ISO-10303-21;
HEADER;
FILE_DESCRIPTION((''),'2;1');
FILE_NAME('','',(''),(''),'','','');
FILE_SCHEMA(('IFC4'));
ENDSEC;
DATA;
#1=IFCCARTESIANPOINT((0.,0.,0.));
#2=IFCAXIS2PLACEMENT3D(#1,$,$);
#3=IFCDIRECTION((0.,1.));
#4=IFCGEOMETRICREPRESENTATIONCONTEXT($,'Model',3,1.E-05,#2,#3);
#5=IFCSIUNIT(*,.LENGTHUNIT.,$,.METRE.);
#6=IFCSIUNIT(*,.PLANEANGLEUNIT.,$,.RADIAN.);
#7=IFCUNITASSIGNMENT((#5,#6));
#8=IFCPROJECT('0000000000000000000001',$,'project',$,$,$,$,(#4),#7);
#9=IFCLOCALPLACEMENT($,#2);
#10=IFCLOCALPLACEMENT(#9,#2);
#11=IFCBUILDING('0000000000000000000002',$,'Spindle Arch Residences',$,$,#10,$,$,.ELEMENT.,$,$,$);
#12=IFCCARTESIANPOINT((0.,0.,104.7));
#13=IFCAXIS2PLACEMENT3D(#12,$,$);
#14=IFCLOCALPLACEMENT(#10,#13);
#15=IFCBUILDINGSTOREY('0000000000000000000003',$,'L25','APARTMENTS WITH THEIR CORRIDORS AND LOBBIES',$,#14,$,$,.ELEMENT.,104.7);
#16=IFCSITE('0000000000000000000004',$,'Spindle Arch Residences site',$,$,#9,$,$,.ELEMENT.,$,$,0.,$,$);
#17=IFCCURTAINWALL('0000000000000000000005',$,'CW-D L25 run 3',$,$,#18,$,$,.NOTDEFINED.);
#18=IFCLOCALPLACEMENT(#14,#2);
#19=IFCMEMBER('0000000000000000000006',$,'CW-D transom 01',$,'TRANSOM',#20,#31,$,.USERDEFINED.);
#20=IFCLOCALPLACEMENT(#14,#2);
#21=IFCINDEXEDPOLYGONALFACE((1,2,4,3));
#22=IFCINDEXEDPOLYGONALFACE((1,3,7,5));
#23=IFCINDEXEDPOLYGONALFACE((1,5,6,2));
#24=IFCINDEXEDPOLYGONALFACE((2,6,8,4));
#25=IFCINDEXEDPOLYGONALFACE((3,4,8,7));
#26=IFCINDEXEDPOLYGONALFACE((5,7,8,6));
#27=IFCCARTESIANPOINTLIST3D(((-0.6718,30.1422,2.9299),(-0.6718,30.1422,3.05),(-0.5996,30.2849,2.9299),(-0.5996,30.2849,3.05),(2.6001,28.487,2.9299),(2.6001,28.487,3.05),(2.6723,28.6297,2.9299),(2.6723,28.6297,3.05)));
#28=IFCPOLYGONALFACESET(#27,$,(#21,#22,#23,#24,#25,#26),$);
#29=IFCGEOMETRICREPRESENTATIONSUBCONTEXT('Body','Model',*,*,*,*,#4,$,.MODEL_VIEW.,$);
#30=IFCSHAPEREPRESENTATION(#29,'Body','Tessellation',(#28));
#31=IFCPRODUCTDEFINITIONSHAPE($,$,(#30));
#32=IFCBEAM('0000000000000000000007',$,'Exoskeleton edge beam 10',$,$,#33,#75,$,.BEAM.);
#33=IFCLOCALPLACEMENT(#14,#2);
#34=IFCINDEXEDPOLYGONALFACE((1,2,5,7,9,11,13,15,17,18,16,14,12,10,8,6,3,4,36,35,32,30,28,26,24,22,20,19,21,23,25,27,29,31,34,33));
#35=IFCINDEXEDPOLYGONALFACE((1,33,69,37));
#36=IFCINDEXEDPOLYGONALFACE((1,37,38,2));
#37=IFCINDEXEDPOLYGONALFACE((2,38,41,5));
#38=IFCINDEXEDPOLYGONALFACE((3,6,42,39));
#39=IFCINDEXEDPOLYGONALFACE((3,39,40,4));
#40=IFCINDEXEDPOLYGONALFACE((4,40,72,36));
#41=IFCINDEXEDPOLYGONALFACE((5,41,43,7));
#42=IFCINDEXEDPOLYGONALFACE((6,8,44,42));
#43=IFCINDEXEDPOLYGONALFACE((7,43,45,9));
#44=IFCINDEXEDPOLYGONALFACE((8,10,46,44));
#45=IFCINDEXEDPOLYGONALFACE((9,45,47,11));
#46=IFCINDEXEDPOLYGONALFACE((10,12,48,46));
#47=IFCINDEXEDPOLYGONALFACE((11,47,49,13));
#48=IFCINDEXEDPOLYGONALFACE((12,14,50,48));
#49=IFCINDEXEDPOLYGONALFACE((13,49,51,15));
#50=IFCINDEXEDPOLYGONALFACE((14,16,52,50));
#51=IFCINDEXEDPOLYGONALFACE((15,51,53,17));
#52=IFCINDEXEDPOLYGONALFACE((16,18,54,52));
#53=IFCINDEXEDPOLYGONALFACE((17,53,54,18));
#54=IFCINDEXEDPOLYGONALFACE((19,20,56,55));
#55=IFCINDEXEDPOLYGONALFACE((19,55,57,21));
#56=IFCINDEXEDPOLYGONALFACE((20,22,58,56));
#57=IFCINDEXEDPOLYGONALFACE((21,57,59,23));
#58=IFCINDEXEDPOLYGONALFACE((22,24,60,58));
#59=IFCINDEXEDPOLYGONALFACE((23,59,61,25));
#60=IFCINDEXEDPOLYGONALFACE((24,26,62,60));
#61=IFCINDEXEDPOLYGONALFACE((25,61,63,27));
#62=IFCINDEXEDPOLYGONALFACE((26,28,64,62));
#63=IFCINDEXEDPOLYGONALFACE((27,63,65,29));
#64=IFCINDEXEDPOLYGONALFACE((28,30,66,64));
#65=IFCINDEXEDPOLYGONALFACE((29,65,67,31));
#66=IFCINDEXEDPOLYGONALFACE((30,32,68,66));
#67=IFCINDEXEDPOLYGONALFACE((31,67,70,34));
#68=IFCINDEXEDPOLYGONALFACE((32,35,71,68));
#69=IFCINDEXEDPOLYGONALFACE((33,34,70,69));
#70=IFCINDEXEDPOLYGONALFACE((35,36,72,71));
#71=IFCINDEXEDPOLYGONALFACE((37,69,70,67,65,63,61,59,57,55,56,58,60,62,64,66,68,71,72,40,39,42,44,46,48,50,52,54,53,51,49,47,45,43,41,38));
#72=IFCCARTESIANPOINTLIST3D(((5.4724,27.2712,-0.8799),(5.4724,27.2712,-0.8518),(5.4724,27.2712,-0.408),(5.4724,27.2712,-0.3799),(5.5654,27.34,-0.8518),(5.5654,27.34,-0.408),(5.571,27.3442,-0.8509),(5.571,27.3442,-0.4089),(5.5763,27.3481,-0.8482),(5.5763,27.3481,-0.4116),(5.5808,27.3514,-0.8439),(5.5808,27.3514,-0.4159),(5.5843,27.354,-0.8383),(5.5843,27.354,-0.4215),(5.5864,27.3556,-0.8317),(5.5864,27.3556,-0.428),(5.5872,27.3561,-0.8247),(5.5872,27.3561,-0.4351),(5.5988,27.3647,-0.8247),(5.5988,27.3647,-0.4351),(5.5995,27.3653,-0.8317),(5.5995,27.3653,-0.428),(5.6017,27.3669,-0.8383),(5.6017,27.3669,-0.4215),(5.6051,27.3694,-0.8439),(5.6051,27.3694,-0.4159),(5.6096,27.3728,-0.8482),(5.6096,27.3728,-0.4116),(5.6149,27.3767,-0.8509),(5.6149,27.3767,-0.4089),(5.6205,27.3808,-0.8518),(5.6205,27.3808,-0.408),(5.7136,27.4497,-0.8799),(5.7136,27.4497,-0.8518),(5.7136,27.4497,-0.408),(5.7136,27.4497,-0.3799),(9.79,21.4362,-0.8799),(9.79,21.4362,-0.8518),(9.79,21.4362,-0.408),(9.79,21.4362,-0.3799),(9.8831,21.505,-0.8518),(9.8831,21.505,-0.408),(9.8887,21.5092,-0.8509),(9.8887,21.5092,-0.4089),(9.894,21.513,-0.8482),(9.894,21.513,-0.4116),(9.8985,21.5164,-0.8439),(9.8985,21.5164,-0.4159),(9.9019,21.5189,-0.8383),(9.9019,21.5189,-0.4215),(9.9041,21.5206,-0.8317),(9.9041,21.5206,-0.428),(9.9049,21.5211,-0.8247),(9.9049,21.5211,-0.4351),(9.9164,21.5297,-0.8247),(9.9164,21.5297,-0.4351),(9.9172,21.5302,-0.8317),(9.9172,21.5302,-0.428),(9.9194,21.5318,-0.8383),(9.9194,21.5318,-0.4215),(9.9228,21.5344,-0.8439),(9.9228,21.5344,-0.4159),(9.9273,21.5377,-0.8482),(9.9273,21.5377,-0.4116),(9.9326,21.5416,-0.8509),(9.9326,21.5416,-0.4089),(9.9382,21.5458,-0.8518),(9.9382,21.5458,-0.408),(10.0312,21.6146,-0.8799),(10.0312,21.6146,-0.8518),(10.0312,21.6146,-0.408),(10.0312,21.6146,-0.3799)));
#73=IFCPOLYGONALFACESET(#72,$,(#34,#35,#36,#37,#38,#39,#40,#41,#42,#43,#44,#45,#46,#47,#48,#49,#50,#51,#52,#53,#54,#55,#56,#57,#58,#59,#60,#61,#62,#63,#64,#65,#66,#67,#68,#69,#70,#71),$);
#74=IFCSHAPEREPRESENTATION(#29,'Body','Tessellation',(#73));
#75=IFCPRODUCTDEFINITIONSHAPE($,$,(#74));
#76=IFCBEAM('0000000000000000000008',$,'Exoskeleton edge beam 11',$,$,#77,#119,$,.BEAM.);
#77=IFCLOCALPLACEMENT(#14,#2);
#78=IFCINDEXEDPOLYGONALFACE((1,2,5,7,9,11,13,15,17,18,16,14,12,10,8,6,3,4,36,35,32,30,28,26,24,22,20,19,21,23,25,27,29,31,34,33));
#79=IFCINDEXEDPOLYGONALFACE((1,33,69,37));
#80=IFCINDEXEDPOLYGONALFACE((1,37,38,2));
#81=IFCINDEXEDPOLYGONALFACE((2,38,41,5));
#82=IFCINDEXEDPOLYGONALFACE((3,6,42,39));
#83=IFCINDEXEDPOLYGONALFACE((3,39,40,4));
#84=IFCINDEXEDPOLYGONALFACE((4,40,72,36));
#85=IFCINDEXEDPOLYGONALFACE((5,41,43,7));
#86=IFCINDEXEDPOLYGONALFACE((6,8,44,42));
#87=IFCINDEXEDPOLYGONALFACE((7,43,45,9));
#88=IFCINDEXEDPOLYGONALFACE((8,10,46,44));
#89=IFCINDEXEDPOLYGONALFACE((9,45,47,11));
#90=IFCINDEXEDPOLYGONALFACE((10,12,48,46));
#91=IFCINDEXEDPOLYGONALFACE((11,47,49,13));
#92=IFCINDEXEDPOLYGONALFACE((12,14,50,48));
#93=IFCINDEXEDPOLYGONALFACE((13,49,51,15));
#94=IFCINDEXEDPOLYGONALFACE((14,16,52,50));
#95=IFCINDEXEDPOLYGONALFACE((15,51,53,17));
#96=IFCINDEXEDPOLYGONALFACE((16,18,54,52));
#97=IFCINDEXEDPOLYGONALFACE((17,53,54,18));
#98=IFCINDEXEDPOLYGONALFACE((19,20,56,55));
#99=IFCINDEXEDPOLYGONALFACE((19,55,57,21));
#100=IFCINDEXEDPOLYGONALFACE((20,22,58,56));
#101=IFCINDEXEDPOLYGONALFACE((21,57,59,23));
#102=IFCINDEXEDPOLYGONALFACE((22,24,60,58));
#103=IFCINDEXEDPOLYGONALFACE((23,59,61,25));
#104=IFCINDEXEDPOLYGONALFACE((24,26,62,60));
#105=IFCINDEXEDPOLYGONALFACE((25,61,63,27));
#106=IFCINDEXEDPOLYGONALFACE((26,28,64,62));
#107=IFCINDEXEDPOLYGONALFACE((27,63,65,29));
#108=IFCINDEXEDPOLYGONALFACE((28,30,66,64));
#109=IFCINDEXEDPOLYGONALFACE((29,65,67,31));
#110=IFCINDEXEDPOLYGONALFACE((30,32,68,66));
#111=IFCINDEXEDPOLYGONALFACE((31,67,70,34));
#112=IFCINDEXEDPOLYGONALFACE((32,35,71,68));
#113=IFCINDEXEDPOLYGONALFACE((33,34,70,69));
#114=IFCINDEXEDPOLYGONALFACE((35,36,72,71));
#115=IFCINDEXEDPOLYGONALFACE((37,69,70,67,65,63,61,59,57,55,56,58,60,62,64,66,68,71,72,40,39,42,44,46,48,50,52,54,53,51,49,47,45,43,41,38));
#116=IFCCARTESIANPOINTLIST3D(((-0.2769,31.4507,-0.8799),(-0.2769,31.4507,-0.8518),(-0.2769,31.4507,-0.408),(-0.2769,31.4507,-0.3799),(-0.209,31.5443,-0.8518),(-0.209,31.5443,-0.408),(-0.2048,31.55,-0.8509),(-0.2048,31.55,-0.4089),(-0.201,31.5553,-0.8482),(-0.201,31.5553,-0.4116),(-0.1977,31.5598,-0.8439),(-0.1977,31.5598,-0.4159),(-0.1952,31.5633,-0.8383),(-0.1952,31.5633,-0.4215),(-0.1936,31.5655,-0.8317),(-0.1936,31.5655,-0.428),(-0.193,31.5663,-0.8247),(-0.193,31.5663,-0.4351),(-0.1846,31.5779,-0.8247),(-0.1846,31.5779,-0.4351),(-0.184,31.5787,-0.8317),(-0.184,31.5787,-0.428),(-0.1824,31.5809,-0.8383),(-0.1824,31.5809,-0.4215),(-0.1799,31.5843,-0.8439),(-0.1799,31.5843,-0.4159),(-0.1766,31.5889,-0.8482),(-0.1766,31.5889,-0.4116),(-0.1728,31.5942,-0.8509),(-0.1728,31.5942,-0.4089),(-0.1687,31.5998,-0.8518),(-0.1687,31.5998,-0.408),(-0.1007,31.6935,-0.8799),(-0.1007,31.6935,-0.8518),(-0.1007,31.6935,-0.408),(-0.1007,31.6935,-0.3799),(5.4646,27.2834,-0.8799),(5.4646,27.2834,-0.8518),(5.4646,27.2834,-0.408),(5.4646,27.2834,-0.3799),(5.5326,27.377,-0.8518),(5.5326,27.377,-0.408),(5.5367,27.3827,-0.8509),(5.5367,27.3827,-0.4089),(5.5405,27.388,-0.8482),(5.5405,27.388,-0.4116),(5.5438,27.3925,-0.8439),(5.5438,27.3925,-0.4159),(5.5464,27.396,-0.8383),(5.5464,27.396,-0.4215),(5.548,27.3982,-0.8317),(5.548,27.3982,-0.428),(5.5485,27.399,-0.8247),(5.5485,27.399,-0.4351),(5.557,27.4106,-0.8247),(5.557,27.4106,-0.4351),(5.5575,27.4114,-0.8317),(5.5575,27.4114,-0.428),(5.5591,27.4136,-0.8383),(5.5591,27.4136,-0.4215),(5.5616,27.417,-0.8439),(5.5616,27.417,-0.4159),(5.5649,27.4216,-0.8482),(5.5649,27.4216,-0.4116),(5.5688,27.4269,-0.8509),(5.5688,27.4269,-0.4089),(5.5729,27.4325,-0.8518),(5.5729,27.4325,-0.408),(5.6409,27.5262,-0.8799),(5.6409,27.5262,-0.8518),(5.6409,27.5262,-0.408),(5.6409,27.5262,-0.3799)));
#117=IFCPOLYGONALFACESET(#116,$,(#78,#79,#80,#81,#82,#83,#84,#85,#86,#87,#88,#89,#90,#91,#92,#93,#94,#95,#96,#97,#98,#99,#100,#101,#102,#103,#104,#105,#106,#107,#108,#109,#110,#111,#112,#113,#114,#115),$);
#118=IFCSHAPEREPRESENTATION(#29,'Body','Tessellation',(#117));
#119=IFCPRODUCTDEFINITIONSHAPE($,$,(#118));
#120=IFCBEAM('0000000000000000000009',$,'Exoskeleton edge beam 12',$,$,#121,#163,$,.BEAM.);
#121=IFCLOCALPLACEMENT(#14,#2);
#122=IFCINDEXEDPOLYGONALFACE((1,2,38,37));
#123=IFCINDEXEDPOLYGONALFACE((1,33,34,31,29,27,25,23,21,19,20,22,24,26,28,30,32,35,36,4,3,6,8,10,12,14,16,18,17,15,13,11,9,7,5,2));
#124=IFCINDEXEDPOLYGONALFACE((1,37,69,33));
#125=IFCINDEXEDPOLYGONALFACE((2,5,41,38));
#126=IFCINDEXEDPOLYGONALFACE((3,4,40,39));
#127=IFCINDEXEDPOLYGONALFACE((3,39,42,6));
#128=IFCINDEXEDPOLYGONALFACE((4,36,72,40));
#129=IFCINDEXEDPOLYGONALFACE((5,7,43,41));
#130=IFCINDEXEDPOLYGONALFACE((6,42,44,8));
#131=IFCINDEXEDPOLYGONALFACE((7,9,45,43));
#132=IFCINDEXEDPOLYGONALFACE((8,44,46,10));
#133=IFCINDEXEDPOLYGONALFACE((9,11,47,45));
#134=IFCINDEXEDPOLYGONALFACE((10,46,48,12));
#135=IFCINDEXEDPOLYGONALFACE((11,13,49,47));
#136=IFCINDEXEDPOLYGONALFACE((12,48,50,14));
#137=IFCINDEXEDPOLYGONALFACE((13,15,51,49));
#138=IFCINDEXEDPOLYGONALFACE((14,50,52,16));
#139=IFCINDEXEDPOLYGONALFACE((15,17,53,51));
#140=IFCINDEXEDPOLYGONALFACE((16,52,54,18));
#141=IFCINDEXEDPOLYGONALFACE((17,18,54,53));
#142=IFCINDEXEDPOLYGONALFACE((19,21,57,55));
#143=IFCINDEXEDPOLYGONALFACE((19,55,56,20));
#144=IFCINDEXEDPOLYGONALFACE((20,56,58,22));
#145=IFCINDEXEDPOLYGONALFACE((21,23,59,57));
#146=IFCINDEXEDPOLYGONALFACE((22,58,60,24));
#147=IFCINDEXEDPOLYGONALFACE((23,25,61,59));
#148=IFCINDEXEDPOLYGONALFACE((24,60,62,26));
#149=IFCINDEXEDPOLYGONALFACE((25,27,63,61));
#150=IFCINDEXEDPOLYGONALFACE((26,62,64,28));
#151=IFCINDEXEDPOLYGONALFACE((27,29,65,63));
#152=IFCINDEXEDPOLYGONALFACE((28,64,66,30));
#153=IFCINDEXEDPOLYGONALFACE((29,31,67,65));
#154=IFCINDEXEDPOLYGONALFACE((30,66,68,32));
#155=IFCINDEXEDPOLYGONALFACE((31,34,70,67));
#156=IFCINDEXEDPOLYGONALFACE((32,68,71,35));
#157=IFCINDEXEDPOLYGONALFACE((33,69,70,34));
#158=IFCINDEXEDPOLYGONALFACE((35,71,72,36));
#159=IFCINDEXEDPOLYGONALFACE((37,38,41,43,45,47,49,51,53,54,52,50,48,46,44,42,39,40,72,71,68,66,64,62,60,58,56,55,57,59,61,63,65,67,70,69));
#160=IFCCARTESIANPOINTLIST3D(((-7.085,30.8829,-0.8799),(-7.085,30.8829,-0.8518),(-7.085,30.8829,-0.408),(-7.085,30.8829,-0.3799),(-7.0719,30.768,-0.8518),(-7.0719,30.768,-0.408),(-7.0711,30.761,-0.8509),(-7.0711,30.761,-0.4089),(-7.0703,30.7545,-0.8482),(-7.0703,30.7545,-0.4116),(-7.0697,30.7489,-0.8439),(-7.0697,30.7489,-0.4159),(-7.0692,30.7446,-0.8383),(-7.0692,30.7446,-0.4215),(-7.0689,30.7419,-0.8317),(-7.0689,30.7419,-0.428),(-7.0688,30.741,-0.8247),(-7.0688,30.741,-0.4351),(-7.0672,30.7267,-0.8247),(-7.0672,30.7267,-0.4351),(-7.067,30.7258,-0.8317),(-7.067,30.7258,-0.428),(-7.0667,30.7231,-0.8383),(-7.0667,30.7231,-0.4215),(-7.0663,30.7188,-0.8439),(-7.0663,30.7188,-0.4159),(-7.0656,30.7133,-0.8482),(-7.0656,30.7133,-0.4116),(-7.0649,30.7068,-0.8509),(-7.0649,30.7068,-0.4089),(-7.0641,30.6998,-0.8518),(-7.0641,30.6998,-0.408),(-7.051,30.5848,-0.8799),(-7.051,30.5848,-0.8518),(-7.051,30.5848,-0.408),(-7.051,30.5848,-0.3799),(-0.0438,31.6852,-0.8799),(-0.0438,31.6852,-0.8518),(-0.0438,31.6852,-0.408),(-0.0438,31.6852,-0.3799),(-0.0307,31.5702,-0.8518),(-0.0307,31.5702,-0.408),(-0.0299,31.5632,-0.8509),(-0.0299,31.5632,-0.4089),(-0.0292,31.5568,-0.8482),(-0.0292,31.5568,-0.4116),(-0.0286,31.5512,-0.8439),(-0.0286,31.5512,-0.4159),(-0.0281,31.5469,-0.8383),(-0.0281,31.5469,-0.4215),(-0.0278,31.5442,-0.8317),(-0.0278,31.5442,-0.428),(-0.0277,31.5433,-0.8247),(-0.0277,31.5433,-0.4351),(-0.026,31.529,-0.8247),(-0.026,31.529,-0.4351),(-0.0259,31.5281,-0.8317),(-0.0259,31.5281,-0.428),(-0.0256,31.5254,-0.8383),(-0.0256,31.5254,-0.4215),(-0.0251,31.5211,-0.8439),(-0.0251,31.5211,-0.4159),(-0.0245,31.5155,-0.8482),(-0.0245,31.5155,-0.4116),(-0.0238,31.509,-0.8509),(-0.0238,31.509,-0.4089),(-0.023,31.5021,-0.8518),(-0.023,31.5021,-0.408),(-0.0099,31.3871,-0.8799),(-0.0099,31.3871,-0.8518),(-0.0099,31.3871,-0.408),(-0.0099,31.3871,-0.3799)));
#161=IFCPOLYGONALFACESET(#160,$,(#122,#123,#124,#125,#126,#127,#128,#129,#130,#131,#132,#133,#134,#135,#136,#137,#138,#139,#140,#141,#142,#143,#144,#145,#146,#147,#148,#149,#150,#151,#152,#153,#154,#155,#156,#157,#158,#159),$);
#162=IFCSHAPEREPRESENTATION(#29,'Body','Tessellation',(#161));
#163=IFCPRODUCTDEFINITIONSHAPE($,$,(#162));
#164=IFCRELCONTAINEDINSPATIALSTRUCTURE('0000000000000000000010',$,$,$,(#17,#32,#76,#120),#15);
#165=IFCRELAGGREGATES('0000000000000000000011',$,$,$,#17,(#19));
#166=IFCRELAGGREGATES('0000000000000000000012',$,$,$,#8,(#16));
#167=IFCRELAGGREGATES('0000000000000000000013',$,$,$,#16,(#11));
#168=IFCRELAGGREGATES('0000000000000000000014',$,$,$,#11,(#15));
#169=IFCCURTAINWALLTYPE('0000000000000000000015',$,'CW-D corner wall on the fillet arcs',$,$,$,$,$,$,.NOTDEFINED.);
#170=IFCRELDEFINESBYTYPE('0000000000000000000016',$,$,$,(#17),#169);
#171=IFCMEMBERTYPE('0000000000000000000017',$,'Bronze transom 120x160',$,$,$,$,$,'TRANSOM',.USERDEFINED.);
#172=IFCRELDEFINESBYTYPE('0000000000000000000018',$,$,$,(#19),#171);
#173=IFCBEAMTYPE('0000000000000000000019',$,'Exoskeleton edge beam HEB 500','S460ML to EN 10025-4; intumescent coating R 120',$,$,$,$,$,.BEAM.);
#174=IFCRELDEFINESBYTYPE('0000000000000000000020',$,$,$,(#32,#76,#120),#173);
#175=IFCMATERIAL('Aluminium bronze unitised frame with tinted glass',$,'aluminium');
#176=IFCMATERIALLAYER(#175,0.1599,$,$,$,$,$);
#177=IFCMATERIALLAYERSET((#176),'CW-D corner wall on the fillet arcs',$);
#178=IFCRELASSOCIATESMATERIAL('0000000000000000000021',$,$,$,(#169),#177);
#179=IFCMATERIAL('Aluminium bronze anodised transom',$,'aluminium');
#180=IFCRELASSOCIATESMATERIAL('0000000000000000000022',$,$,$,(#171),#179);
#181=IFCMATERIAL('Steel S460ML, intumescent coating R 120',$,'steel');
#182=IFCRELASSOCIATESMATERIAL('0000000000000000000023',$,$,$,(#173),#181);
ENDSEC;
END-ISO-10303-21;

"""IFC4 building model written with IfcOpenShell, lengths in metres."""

from ifc_helpers import new_model, si_unit, direction, frame, origin, origin_2d, place, context, subcontext, project, spatial, rectangle, i_section, extrude, material, layer, layer_set, material_profile, profile_set, type_object, element, aggregate, save


model = new_model("IFC4")

# Units and contexts
model_context = context("Model", 3, precision=1e-05, world=origin(), true_north=direction((0.0, 1.0)))
body_context = subcontext(model_context, "Body", "Model", "MODEL_VIEW")
ifc_project = project(units=[si_unit("LENGTHUNIT", "METRE"), si_unit("PLANEANGLEUNIT", "RADIAN")], contexts=[model_context])

# Site, building, storey
site_placement = place(None, origin())
site = spatial("IfcSite", under=ifc_project, at=site_placement, Name="Spindle Arch Residences site", CompositionType="ELEMENT", RefElevation=0.0)
building_placement = place(site_placement, origin())
building = spatial("IfcBuilding", under=site, at=building_placement, Name="Spindle Arch Residences", CompositionType="ELEMENT")
storey_placement = place(building_placement, frame((0.0, 0.0, 104.7)))
storey = spatial("IfcBuildingStorey", under=building, at=storey_placement, Name="L25", Description="APARTMENTS WITH THEIR CORRIDORS AND LOBBIES", CompositionType="ELEMENT", Elevation=104.7)

# Curtain wall, member
ifc_material_1 = material(Name="Aluminium bronze unitised frame with tinted glass", Category="aluminium")
ifc_layer_1 = layer(ifc_material_1, 0.1599)
ifc_layer_set_1 = layer_set([ifc_layer_1], Name="CW-D corner wall on the fillet arcs")
curtain_wall_type_1 = type_object("IfcCurtainWallType", Name="CW-D corner wall on the fillet arcs", PredefinedType="NOTDEFINED", material=ifc_layer_set_1)
curtain_wall_1_placement = place(storey_placement, origin())
curtain_wall_1 = element("IfcCurtainWall", 1, at=curtain_wall_1_placement, inside=storey, type_object=curtain_wall_type_1, Name="CW-D L25 run 3", PredefinedType="NOTDEFINED")
ifc_material_2 = material(Name="Aluminium bronze anodised transom", Category="aluminium")
ifc_material_profile_1 = material_profile(ifc_material_2, rectangle(XDim=0.1599, YDim=0.1201, at=origin_2d()), Name="TR 120x160")
ifc_profile_set_1 = profile_set([ifc_material_profile_1], Name="Aluminium bronze anodised transom")
member_type_1 = type_object("IfcMemberType", Name="Bronze transom 120x160", ElementType="TRANSOM", PredefinedType="USERDEFINED", material=ifc_profile_set_1)
member_1_placement = place(storey_placement, frame((2.6362, 28.5583, 2.99), z_axis=(-0.892313, 0.451417, 0.0), x_axis=(-0.451417, -0.892313, 0.0)))
member_1 = element("IfcMember", 2, at=member_1_placement, type_object=member_type_1, Name="CW-D transom 01", ObjectType="TRANSOM", PredefinedType="USERDEFINED", context=body_context, shape_type="SweptSolid", body=[
    extrude(rectangle(XDim=0.1599, YDim=0.1201, at=origin_2d()), origin(), (0.0, 0.0, 1.0), 3.6667),
])

# Beams
ifc_material_3 = material(Name="Steel S460ML, intumescent coating R 120", Category="steel")
ifc_material_profile_2 = material_profile(ifc_material_3, i_section(OverallWidth=0.3, OverallDepth=0.5, WebThickness=0.0144, FlangeThickness=0.0281, FilletRadius=0.0271, at=origin_2d()), Name="HEB 500")
ifc_profile_set_2 = profile_set([ifc_material_profile_2], Name="Steel S460ML, intumescent coating R 120")
beam_type_1 = type_object("IfcBeamType", Name="Exoskeleton edge beam HEB 500", Description="S460ML to EN 10025-4; intumescent coating R 120", PredefinedType="BEAM", material=ifc_profile_set_2)
beam_1_placement = place(storey_placement, frame((9.9106, 21.5254, -0.6299), z_axis=(-0.594821, 0.803858, 0.0), x_axis=(-0.803858, -0.594821, 0.0)))
element("IfcBeam", 3, at=beam_1_placement, inside=storey, type_object=beam_type_1, Name="Exoskeleton edge beam 10", PredefinedType="BEAM", context=body_context, shape_type="SweptSolid", body=[
    extrude(i_section(OverallWidth=0.3, OverallDepth=0.5, WebThickness=0.0144, FlangeThickness=0.0281, FilletRadius=0.0271, at=origin_2d()), origin(), (0.0, 0.0, 1.0), 7.2588),
])
beam_2_placement = place(storey_placement, frame((5.5527, 27.4048, -0.6299), z_axis=(-0.809297, 0.5874, 0.0), x_axis=(-0.5874, -0.809297, 0.0)))
element("IfcBeam", 4, at=beam_2_placement, inside=storey, type_object=beam_type_1, Name="Exoskeleton edge beam 11", PredefinedType="BEAM", context=body_context, shape_type="SweptSolid", body=[
    extrude(i_section(OverallWidth=0.3, OverallDepth=0.5, WebThickness=0.0144, FlangeThickness=0.0281, FilletRadius=0.0271, at=origin_2d()), origin(), (0.0, 0.0, 1.0), 7.0945),
])
beam_3_placement = place(storey_placement, frame((-0.0269, 31.5361, -0.6299), z_axis=(-0.993571, -0.113207, 0.0), x_axis=(0.113207, -0.993571, 0.0)))
element("IfcBeam", 5, at=beam_3_placement, inside=storey, type_object=beam_type_1, Name="Exoskeleton edge beam 12", PredefinedType="BEAM", context=body_context, shape_type="SweptSolid", body=[
    extrude(i_section(OverallWidth=0.3, OverallDepth=0.5, WebThickness=0.0144, FlangeThickness=0.0281, FilletRadius=0.0271, at=origin_2d()), origin(), (0.0, 0.0, 1.0), 7.0867),
])

aggregate(curtain_wall_1, [member_1])

save(model, "model.ifc")
